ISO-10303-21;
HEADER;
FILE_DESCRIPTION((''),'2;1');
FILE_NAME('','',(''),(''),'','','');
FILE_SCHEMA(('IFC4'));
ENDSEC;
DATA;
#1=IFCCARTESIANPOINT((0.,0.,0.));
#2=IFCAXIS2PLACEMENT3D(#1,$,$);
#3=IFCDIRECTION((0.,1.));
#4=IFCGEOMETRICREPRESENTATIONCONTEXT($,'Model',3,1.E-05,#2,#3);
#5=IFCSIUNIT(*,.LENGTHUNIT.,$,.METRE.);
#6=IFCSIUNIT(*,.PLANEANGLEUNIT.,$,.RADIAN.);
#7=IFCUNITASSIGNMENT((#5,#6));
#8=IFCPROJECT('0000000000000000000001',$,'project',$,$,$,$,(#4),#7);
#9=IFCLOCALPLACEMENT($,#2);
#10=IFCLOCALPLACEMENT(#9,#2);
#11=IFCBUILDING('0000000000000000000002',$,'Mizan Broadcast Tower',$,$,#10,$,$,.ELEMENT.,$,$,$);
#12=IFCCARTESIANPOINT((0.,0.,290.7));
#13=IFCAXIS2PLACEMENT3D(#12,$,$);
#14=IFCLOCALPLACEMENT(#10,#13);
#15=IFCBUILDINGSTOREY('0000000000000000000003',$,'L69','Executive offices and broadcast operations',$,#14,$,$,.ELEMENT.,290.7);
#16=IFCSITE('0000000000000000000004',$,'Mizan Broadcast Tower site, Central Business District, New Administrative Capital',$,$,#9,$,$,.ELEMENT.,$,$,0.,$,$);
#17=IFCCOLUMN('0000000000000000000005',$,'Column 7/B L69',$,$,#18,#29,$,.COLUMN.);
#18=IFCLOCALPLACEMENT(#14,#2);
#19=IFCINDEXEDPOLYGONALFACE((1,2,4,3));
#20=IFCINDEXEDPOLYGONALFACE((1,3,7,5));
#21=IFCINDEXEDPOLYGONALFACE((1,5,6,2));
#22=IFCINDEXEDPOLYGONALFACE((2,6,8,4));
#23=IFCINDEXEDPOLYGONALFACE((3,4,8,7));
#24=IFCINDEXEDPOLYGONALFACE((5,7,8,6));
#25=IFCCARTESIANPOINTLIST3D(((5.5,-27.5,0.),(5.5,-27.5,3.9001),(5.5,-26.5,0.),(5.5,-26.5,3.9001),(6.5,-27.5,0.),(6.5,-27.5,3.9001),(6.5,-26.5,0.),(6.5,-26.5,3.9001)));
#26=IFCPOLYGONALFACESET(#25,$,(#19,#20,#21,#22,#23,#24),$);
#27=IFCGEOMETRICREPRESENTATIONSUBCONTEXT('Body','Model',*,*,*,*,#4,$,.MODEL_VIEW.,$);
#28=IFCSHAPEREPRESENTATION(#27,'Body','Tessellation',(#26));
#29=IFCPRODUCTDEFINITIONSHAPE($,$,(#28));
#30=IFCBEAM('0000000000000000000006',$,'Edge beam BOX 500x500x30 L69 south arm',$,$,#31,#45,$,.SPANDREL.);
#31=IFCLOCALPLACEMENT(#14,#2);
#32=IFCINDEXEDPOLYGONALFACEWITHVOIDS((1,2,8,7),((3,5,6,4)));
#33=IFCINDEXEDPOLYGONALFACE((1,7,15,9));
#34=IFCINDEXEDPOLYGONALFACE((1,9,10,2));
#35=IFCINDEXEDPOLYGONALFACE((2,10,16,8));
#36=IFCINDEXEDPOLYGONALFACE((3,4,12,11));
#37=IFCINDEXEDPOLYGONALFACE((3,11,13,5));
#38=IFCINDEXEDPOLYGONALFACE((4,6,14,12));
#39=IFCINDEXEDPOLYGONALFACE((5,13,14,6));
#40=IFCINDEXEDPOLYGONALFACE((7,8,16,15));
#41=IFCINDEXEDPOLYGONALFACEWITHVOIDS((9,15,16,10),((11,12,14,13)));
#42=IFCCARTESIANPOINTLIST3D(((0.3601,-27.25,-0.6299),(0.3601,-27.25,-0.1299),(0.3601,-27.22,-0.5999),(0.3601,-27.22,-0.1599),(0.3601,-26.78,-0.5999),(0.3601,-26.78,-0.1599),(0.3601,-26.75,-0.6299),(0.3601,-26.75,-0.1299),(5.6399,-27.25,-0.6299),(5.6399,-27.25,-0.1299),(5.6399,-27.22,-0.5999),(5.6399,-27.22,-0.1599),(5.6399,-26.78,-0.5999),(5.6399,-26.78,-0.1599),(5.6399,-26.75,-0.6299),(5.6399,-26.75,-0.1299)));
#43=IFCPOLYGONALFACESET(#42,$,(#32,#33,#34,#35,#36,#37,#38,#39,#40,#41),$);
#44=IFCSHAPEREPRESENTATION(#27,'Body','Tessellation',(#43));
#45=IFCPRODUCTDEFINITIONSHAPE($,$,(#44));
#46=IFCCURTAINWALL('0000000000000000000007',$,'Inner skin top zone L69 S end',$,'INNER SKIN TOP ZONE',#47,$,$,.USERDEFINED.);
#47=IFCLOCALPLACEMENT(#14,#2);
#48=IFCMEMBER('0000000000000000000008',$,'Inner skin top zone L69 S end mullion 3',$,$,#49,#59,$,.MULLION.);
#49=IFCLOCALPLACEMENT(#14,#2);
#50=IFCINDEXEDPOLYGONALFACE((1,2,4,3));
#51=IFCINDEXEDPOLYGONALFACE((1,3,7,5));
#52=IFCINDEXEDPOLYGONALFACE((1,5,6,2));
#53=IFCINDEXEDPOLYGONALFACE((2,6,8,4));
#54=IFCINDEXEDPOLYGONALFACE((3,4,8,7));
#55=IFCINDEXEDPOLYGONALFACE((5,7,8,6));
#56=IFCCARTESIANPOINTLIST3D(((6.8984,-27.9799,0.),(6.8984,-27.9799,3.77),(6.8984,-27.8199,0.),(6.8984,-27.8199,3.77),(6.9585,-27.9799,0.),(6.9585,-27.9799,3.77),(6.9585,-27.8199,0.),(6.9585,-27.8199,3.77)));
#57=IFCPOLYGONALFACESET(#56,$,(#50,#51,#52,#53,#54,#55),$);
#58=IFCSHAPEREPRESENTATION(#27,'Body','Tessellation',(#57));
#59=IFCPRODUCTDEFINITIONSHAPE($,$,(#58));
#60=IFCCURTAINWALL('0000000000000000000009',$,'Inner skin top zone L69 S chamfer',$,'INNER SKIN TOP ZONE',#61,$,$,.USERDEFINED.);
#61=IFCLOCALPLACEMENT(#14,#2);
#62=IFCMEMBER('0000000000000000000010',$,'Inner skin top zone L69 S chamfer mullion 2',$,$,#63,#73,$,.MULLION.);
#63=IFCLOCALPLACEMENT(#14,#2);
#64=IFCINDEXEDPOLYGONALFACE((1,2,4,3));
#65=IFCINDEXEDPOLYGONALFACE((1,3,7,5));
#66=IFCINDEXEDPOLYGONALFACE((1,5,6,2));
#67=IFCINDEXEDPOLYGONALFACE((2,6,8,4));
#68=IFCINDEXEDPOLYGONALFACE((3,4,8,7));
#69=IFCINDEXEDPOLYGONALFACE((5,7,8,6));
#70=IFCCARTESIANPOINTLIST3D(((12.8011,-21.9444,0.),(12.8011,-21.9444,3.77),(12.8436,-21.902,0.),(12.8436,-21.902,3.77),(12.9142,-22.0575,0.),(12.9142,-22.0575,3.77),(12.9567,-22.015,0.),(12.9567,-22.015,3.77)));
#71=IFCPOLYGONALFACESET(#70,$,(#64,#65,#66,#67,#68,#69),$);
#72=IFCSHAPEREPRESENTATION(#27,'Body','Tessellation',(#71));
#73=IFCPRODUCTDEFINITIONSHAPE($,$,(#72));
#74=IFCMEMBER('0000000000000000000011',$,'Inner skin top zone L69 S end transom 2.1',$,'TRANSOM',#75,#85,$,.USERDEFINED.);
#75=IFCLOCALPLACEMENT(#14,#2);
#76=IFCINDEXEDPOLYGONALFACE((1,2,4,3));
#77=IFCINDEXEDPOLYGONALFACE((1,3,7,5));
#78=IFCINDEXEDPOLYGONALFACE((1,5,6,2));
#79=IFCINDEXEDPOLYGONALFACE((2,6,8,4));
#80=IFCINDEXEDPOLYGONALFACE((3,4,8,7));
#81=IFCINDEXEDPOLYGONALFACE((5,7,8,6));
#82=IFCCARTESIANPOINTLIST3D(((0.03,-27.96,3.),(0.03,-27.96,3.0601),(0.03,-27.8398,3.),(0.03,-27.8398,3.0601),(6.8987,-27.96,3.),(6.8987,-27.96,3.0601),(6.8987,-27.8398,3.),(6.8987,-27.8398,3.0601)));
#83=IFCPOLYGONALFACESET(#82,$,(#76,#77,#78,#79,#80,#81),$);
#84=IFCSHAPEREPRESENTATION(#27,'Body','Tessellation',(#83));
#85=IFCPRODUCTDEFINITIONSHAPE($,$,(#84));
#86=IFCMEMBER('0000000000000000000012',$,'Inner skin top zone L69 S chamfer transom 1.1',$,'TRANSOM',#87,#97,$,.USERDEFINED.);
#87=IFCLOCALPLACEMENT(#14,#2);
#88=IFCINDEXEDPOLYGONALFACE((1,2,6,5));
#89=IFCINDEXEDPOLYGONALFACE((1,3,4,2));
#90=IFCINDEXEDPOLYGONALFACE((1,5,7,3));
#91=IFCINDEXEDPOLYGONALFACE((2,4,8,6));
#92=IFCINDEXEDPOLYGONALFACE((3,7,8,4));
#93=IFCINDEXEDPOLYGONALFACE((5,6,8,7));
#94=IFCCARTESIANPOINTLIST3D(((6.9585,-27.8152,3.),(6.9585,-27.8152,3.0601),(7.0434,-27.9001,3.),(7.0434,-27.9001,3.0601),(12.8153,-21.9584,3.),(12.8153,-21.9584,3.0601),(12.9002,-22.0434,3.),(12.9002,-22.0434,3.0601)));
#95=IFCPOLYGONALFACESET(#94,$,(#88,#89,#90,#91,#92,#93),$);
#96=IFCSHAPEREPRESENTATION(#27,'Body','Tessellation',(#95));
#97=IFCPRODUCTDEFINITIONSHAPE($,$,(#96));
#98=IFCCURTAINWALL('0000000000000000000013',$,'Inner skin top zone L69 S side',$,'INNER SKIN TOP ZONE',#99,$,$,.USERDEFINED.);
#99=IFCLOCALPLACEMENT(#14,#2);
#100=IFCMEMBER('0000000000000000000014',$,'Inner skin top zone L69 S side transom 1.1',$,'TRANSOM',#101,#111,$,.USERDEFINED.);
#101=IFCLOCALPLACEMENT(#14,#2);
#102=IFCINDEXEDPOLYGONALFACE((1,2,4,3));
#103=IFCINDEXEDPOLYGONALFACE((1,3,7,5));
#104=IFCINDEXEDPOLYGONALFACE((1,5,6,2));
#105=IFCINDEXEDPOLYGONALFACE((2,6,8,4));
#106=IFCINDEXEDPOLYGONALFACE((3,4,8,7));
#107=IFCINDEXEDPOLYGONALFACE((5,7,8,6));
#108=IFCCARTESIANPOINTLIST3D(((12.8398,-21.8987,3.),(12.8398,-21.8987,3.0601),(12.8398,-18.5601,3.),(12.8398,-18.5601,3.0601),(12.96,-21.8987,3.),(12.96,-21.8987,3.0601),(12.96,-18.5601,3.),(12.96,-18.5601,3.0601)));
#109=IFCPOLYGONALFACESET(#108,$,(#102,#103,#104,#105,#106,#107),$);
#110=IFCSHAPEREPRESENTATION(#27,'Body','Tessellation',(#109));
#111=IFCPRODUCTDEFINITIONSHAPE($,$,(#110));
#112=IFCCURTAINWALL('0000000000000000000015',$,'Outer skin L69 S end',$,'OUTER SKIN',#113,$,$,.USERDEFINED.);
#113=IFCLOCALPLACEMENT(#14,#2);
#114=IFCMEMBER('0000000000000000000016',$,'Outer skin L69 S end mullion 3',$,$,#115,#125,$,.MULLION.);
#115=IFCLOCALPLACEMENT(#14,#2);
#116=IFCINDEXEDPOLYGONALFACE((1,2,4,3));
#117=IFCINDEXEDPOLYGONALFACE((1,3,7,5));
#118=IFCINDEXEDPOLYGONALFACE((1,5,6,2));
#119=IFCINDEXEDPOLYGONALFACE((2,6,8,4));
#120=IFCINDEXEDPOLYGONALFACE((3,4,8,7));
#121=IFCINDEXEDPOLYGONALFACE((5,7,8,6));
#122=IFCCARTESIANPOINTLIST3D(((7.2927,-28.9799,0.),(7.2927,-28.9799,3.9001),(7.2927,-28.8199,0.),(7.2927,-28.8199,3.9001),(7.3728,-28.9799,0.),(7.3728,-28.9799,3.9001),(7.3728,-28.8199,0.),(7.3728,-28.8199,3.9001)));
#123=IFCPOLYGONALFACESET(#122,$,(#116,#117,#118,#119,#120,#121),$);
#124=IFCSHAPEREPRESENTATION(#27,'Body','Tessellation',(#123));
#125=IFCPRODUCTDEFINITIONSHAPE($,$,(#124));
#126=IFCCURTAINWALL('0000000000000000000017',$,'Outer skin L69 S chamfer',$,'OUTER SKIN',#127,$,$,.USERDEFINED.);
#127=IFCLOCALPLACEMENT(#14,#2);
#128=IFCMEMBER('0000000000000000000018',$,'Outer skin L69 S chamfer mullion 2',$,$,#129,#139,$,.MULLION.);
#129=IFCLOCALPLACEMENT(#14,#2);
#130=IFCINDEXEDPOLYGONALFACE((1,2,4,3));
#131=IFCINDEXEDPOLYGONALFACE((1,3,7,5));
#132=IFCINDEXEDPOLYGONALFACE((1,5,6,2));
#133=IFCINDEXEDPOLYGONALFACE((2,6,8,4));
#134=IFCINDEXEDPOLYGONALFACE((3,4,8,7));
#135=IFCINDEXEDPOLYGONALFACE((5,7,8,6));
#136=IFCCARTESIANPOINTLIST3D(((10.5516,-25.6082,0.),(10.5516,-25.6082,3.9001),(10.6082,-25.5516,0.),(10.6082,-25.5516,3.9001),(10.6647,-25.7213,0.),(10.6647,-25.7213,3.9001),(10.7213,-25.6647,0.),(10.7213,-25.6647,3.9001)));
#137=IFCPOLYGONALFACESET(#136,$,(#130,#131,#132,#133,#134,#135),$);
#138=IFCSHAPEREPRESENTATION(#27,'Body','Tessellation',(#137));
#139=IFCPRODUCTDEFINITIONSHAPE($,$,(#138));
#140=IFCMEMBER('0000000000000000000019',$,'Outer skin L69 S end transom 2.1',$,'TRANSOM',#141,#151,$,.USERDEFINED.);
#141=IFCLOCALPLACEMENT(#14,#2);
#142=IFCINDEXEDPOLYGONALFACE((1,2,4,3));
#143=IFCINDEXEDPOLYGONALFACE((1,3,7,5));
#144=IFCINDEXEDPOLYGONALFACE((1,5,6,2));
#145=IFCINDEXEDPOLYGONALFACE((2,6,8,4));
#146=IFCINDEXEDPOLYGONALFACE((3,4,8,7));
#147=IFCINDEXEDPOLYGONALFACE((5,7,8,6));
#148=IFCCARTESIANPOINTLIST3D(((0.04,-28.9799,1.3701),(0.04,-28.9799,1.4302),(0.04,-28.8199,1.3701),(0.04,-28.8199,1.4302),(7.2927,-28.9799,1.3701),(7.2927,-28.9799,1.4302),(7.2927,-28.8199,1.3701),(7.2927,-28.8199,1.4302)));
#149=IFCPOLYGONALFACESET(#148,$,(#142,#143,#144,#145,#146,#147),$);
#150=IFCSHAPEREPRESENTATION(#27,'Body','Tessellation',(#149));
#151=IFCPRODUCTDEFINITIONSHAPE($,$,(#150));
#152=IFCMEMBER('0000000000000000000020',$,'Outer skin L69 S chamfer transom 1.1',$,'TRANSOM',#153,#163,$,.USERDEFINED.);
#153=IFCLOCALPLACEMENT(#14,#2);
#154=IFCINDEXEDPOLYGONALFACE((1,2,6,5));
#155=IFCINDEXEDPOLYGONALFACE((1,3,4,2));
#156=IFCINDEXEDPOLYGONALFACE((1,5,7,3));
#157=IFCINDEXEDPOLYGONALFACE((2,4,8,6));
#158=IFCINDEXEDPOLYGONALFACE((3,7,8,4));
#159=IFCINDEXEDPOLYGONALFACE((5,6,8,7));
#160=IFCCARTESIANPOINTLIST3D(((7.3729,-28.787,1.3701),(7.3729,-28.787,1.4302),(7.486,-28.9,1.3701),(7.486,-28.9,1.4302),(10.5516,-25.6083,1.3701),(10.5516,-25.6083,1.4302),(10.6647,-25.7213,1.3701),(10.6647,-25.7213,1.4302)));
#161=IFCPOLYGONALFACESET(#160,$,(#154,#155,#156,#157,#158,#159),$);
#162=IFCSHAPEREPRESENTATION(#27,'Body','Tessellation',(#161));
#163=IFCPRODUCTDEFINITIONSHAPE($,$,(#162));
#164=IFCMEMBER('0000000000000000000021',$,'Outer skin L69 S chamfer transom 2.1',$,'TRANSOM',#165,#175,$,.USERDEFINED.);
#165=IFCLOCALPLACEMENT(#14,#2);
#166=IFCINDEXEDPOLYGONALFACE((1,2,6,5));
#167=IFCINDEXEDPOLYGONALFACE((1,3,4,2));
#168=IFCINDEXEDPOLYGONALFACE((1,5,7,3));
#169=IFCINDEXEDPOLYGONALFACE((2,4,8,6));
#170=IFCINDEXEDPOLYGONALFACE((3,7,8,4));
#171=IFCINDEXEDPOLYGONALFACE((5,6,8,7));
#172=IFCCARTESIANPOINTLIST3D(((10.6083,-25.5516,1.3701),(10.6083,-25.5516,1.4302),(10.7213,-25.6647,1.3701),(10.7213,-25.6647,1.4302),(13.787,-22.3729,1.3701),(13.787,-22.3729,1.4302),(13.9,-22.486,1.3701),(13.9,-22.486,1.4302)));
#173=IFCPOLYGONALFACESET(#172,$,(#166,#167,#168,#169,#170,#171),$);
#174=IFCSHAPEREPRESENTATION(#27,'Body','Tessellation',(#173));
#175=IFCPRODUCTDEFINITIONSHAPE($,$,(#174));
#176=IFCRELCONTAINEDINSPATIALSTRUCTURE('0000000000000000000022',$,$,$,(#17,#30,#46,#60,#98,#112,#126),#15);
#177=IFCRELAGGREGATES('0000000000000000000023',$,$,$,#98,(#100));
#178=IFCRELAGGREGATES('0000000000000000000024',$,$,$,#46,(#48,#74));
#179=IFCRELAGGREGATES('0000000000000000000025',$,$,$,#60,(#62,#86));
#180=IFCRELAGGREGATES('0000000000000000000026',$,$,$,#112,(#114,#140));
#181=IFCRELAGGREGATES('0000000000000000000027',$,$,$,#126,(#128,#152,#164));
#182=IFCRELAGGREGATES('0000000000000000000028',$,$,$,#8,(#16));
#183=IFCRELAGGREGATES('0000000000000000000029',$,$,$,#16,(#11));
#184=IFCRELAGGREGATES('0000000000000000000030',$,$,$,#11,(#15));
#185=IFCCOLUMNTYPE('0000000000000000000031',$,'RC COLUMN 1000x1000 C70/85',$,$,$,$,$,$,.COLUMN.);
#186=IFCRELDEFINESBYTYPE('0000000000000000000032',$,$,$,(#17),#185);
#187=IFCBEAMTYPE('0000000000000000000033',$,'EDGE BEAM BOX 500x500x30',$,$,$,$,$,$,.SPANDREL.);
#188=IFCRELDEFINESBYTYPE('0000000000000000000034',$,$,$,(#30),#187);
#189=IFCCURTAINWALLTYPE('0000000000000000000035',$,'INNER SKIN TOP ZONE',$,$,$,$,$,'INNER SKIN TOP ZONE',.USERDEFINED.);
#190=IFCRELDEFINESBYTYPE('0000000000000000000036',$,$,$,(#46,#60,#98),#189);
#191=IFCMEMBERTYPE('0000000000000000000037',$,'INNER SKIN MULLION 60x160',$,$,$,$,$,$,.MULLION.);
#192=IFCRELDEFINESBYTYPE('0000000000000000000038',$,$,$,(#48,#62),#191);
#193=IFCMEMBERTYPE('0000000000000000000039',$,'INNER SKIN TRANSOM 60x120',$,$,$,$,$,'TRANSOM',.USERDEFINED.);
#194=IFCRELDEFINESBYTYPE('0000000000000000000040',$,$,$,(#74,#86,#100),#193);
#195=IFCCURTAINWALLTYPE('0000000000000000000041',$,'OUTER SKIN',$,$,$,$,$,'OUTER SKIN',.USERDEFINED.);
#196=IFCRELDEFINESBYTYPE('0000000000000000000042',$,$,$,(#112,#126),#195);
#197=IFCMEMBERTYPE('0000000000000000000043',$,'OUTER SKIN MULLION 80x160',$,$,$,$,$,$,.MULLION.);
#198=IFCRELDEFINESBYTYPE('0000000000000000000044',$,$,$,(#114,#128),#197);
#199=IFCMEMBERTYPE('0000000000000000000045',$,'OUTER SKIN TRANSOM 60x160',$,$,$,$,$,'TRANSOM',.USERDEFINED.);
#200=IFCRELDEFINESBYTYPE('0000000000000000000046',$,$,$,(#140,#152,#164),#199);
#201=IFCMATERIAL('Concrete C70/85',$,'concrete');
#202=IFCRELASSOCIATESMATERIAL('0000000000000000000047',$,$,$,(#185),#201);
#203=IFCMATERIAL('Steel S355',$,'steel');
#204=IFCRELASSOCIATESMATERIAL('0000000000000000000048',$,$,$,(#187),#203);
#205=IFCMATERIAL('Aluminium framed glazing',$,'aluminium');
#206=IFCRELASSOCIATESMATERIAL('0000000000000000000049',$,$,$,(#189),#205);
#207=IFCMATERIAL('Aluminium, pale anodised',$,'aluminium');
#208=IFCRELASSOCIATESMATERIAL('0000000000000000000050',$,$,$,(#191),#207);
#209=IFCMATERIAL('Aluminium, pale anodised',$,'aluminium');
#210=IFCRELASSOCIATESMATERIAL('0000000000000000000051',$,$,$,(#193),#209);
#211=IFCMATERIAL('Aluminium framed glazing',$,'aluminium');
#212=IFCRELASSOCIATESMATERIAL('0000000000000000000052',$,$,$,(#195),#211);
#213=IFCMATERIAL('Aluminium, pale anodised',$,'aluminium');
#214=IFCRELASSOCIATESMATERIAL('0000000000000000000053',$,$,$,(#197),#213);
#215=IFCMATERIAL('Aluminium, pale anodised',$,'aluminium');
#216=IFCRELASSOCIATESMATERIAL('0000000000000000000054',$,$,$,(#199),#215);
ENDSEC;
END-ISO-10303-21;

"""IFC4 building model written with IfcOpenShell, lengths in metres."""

from ifc_helpers import new_model, si_unit, direction, frame, origin, origin_2d, place, context, subcontext, project, spatial, rectangle, hollow_rectangle, extrude, material, material_profile, profile_set, type_object, element, aggregate, save


model = new_model("IFC4")

# Units and contexts
model_context = context("Model", 3, precision=1e-05, world=origin(), true_north=direction((0.0, 1.0)))
body_context = subcontext(model_context, "Body", "Model", "MODEL_VIEW")
ifc_project = project(units=[si_unit("LENGTHUNIT", "METRE"), si_unit("PLANEANGLEUNIT", "RADIAN")], contexts=[model_context])

# Site, building, storey
site_placement = place(None, origin())
site = spatial("IfcSite", under=ifc_project, at=site_placement, Name="Mizan Broadcast Tower site, Central Business District, New Administrative Capital", CompositionType="ELEMENT", RefElevation=0.0)
building_placement = place(site_placement, origin())
building = spatial("IfcBuilding", under=site, at=building_placement, Name="Mizan Broadcast Tower", CompositionType="ELEMENT")
storey_placement = place(building_placement, frame((0.0, 0.0, 290.7)))
storey = spatial("IfcBuildingStorey", under=building, at=storey_placement, Name="L69", Description="Executive offices and broadcast operations", CompositionType="ELEMENT", Elevation=290.7)

# Column
ifc_material_1 = material(Name="Concrete C70/85", Category="concrete")
ifc_material_profile_1 = material_profile(ifc_material_1, rectangle(XDim=1.0, YDim=1.0, at=origin_2d()), Name="RC 1000x1000")
ifc_profile_set_1 = profile_set([ifc_material_profile_1], Name="Concrete C70/85")
column_type = type_object("IfcColumnType", Name="RC COLUMN 1000x1000 C70/85", PredefinedType="COLUMN", material=ifc_profile_set_1)
column_placement = place(storey_placement, frame((6.0, -27.0, 0.0), z_axis=(0.0, 0.0, 1.0), x_axis=(1.0, 0.0, 0.0)))
element("IfcColumn", 1, at=column_placement, inside=storey, type_object=column_type, Name="Column 7/B L69", PredefinedType="COLUMN", context=body_context, shape_type="SweptSolid", body=[
    extrude(rectangle(XDim=1.0, YDim=1.0, at=origin_2d()), origin(), (0.0, 0.0, 1.0), 3.9001),
])

# Beam
ifc_material_2 = material(Name="Steel S355", Category="steel")
ifc_material_profile_2 = material_profile(ifc_material_2, hollow_rectangle(XDim=0.5, YDim=0.5, WallThickness=0.03, at=origin_2d()), Name="BOX 500x500x30")
ifc_profile_set_2 = profile_set([ifc_material_profile_2], Name="Steel S355")
beam_type_1 = type_object("IfcBeamType", Name="EDGE BEAM BOX 500x500x30", PredefinedType="SPANDREL", material=ifc_profile_set_2)
beam_1_placement = place(storey_placement, frame((5.6399, -27.0, -0.3799), z_axis=(-1.0, 0.0, 0.0), x_axis=(0.0, -1.0, 0.0)))
element("IfcBeam", 2, at=beam_1_placement, inside=storey, type_object=beam_type_1, Name="Edge beam BOX 500x500x30 L69 south arm", PredefinedType="SPANDREL", context=body_context, shape_type="SweptSolid", body=[
    extrude(hollow_rectangle(XDim=0.5, YDim=0.5, WallThickness=0.03, at=origin_2d()), origin(), (0.0, 0.0, 1.0), 5.2798),
])

# Curtain walls, members
ifc_material_3 = material(Name="Aluminium framed glazing", Category="aluminium")
curtain_wall_type_1 = type_object("IfcCurtainWallType", Name="INNER SKIN TOP ZONE", ElementType="INNER SKIN TOP ZONE", PredefinedType="USERDEFINED", material=ifc_material_3)
curtain_wall_1_placement = place(storey_placement, origin())
curtain_wall_1 = element("IfcCurtainWall", 3, at=curtain_wall_1_placement, inside=storey, type_object=curtain_wall_type_1, Name="Inner skin top zone L69 S end", ObjectType="INNER SKIN TOP ZONE", PredefinedType="USERDEFINED")
ifc_material_4 = material(Name="Aluminium, pale anodised", Category="aluminium")
ifc_material_profile_3 = material_profile(ifc_material_4, rectangle(XDim=0.1599, YDim=0.0601, at=origin_2d()), Name="MULLION 160x60")
ifc_profile_set_3 = profile_set([ifc_material_profile_3], Name="Aluminium, pale anodised")
member_type_1 = type_object("IfcMemberType", Name="INNER SKIN MULLION 60x160", PredefinedType="MULLION", material=ifc_profile_set_3)
member_1_placement = place(storey_placement, frame((6.9285, -27.8999, 0.0), z_axis=(0.0, 0.0, 1.0), x_axis=(0.0, 1.0, 0.0)))
member_1 = element("IfcMember", 4, at=member_1_placement, type_object=member_type_1, Name="Inner skin top zone L69 S end mullion 3", PredefinedType="MULLION", context=body_context, shape_type="SweptSolid", body=[
    extrude(rectangle(XDim=0.1599, YDim=0.0601, at=origin_2d()), origin(), (0.0, 0.0, 1.0), 3.77),
])
curtain_wall_2_placement = place(storey_placement, origin())
curtain_wall_2 = element("IfcCurtainWall", 5, at=curtain_wall_2_placement, inside=storey, type_object=curtain_wall_type_1, Name="Inner skin top zone L69 S chamfer", ObjectType="INNER SKIN TOP ZONE", PredefinedType="USERDEFINED")
member_2_placement = place(storey_placement, frame((12.8789, -21.9797, 0.0), z_axis=(0.0, 0.0, 1.0), x_axis=(-0.707107, 0.707107, 0.0)))
member_2 = element("IfcMember", 6, at=member_2_placement, type_object=member_type_1, Name="Inner skin top zone L69 S chamfer mullion 2", PredefinedType="MULLION", context=body_context, shape_type="SweptSolid", body=[
    extrude(rectangle(XDim=0.1599, YDim=0.0601, at=origin_2d()), origin(), (0.0, 0.0, 1.0), 3.77),
])

# Members
ifc_material_5 = material(Name="Aluminium, pale anodised", Category="aluminium")
ifc_material_profile_4 = material_profile(ifc_material_5, rectangle(XDim=0.1201, YDim=0.0601, at=origin_2d()), Name="TRANSOM 120x60")
ifc_profile_set_4 = profile_set([ifc_material_profile_4], Name="Aluminium, pale anodised")
member_type_2 = type_object("IfcMemberType", Name="INNER SKIN TRANSOM 60x120", ElementType="TRANSOM", PredefinedType="USERDEFINED", material=ifc_profile_set_4)
member_3_placement = place(storey_placement, frame((0.03, -27.8999, 3.03), z_axis=(1.0, 0.0, 0.0), x_axis=(0.0, 1.0, 0.0)))
member_3 = element("IfcMember", 7, at=member_3_placement, type_object=member_type_2, Name="Inner skin top zone L69 S end transom 2.1", ObjectType="TRANSOM", PredefinedType="USERDEFINED", context=body_context, shape_type="SweptSolid", body=[
    extrude(rectangle(XDim=0.1201, YDim=0.0601, at=origin_2d()), origin(), (0.0, 0.0, 1.0), 6.8687),
])
member_4_placement = place(storey_placement, frame((7.001, -27.8577, 3.03), z_axis=(0.707107, 0.707107, 0.0), x_axis=(-0.707107, 0.707107, 0.0)))
member_4 = element("IfcMember", 8, at=member_4_placement, type_object=member_type_2, Name="Inner skin top zone L69 S chamfer transom 1.1", ObjectType="TRANSOM", PredefinedType="USERDEFINED", context=body_context, shape_type="SweptSolid", body=[
    extrude(rectangle(XDim=0.1201, YDim=0.0601, at=origin_2d()), origin(), (0.0, 0.0, 1.0), 8.2827),
])

# Curtain walls, members
curtain_wall_3_placement = place(storey_placement, origin())
curtain_wall_3 = element("IfcCurtainWall", 9, at=curtain_wall_3_placement, inside=storey, type_object=curtain_wall_type_1, Name="Inner skin top zone L69 S side", ObjectType="INNER SKIN TOP ZONE", PredefinedType="USERDEFINED")
member_5_placement = place(storey_placement, frame((12.8999, -21.8987, 3.03), z_axis=(0.0, 1.0, 0.0), x_axis=(-1.0, 0.0, 0.0)))
member_5 = element("IfcMember", 10, at=member_5_placement, type_object=member_type_2, Name="Inner skin top zone L69 S side transom 1.1", ObjectType="TRANSOM", PredefinedType="USERDEFINED", context=body_context, shape_type="SweptSolid", body=[
    extrude(rectangle(XDim=0.1201, YDim=0.0601, at=origin_2d()), origin(), (0.0, 0.0, 1.0), 3.3386),
])
aggregate(curtain_wall_3, [member_5])
ifc_material_6 = material(Name="Aluminium framed glazing", Category="aluminium")
curtain_wall_type_2 = type_object("IfcCurtainWallType", Name="OUTER SKIN", ElementType="OUTER SKIN", PredefinedType="USERDEFINED", material=ifc_material_6)
curtain_wall_4_placement = place(storey_placement, origin())
curtain_wall_4 = element("IfcCurtainWall", 11, at=curtain_wall_4_placement, inside=storey, type_object=curtain_wall_type_2, Name="Outer skin L69 S end", ObjectType="OUTER SKIN", PredefinedType="USERDEFINED")
ifc_material_7 = material(Name="Aluminium, pale anodised", Category="aluminium")
ifc_material_profile_5 = material_profile(ifc_material_7, rectangle(XDim=0.1599, YDim=0.0801, at=origin_2d()), Name="MULLION 160x80")
ifc_profile_set_5 = profile_set([ifc_material_profile_5], Name="Aluminium, pale anodised")
member_type_3 = type_object("IfcMemberType", Name="OUTER SKIN MULLION 80x160", PredefinedType="MULLION", material=ifc_profile_set_5)
member_6_placement = place(storey_placement, frame((7.3328, -28.8999, 0.0), z_axis=(0.0, 0.0, 1.0), x_axis=(0.0, 1.0, 0.0)))
member_6 = element("IfcMember", 12, at=member_6_placement, type_object=member_type_3, Name="Outer skin L69 S end mullion 3", PredefinedType="MULLION", context=body_context, shape_type="SweptSolid", body=[
    extrude(rectangle(XDim=0.1599, YDim=0.0801, at=origin_2d()), origin(), (0.0, 0.0, 1.0), 3.9001),
])
curtain_wall_5_placement = place(storey_placement, origin())
curtain_wall_5 = element("IfcCurtainWall", 13, at=curtain_wall_5_placement, inside=storey, type_object=curtain_wall_type_2, Name="Outer skin L69 S chamfer", ObjectType="OUTER SKIN", PredefinedType="USERDEFINED")
member_7_placement = place(storey_placement, frame((10.6365, -25.6365, 0.0), z_axis=(0.0, 0.0, 1.0), x_axis=(-0.707107, 0.707107, 0.0)))
member_7 = element("IfcMember", 14, at=member_7_placement, type_object=member_type_3, Name="Outer skin L69 S chamfer mullion 2", PredefinedType="MULLION", context=body_context, shape_type="SweptSolid", body=[
    extrude(rectangle(XDim=0.1599, YDim=0.0801, at=origin_2d()), origin(), (0.0, 0.0, 1.0), 3.9001),
])

# Members
ifc_material_8 = material(Name="Aluminium, pale anodised", Category="aluminium")
ifc_material_profile_6 = material_profile(ifc_material_8, rectangle(XDim=0.1599, YDim=0.0601, at=origin_2d()), Name="TRANSOM 160x60")
ifc_profile_set_6 = profile_set([ifc_material_profile_6], Name="Aluminium, pale anodised")
member_type_4 = type_object("IfcMemberType", Name="OUTER SKIN TRANSOM 60x160", ElementType="TRANSOM", PredefinedType="USERDEFINED", material=ifc_profile_set_6)
member_8_placement = place(storey_placement, frame((0.04, -28.8999, 1.4001), z_axis=(1.0, 0.0, 0.0), x_axis=(0.0, 1.0, 0.0)))
member_8 = element("IfcMember", 15, at=member_8_placement, type_object=member_type_4, Name="Outer skin L69 S end transom 2.1", ObjectType="TRANSOM", PredefinedType="USERDEFINED", context=body_context, shape_type="SweptSolid", body=[
    extrude(rectangle(XDim=0.1599, YDim=0.0601, at=origin_2d()), origin(), (0.0, 0.0, 1.0), 7.2527),
])
member_9_placement = place(storey_placement, frame((7.4294, -28.8435, 1.4001), z_axis=(0.707107, 0.707107, 0.0), x_axis=(-0.707107, 0.707107, 0.0)))
member_9 = element("IfcMember", 16, at=member_9_placement, type_object=member_type_4, Name="Outer skin L69 S chamfer transom 1.1", ObjectType="TRANSOM", PredefinedType="USERDEFINED", context=body_context, shape_type="SweptSolid", body=[
    extrude(rectangle(XDim=0.1599, YDim=0.0601, at=origin_2d()), origin(), (0.0, 0.0, 1.0), 4.4954),
])
member_10_placement = place(storey_placement, frame((10.6648, -25.6082, 1.4001), z_axis=(0.707107, 0.707107, 0.0), x_axis=(-0.707107, 0.707107, 0.0)))
member_10 = element("IfcMember", 17, at=member_10_placement, type_object=member_type_4, Name="Outer skin L69 S chamfer transom 2.1", ObjectType="TRANSOM", PredefinedType="USERDEFINED", context=body_context, shape_type="SweptSolid", body=[
    extrude(rectangle(XDim=0.1599, YDim=0.0601, at=origin_2d()), origin(), (0.0, 0.0, 1.0), 4.4954),
])

aggregate(curtain_wall_1, [member_1, member_3])
aggregate(curtain_wall_2, [member_2, member_4])
aggregate(curtain_wall_4, [member_6, member_8])
aggregate(curtain_wall_5, [member_7, member_9, member_10])

save(model, "model.ifc")
